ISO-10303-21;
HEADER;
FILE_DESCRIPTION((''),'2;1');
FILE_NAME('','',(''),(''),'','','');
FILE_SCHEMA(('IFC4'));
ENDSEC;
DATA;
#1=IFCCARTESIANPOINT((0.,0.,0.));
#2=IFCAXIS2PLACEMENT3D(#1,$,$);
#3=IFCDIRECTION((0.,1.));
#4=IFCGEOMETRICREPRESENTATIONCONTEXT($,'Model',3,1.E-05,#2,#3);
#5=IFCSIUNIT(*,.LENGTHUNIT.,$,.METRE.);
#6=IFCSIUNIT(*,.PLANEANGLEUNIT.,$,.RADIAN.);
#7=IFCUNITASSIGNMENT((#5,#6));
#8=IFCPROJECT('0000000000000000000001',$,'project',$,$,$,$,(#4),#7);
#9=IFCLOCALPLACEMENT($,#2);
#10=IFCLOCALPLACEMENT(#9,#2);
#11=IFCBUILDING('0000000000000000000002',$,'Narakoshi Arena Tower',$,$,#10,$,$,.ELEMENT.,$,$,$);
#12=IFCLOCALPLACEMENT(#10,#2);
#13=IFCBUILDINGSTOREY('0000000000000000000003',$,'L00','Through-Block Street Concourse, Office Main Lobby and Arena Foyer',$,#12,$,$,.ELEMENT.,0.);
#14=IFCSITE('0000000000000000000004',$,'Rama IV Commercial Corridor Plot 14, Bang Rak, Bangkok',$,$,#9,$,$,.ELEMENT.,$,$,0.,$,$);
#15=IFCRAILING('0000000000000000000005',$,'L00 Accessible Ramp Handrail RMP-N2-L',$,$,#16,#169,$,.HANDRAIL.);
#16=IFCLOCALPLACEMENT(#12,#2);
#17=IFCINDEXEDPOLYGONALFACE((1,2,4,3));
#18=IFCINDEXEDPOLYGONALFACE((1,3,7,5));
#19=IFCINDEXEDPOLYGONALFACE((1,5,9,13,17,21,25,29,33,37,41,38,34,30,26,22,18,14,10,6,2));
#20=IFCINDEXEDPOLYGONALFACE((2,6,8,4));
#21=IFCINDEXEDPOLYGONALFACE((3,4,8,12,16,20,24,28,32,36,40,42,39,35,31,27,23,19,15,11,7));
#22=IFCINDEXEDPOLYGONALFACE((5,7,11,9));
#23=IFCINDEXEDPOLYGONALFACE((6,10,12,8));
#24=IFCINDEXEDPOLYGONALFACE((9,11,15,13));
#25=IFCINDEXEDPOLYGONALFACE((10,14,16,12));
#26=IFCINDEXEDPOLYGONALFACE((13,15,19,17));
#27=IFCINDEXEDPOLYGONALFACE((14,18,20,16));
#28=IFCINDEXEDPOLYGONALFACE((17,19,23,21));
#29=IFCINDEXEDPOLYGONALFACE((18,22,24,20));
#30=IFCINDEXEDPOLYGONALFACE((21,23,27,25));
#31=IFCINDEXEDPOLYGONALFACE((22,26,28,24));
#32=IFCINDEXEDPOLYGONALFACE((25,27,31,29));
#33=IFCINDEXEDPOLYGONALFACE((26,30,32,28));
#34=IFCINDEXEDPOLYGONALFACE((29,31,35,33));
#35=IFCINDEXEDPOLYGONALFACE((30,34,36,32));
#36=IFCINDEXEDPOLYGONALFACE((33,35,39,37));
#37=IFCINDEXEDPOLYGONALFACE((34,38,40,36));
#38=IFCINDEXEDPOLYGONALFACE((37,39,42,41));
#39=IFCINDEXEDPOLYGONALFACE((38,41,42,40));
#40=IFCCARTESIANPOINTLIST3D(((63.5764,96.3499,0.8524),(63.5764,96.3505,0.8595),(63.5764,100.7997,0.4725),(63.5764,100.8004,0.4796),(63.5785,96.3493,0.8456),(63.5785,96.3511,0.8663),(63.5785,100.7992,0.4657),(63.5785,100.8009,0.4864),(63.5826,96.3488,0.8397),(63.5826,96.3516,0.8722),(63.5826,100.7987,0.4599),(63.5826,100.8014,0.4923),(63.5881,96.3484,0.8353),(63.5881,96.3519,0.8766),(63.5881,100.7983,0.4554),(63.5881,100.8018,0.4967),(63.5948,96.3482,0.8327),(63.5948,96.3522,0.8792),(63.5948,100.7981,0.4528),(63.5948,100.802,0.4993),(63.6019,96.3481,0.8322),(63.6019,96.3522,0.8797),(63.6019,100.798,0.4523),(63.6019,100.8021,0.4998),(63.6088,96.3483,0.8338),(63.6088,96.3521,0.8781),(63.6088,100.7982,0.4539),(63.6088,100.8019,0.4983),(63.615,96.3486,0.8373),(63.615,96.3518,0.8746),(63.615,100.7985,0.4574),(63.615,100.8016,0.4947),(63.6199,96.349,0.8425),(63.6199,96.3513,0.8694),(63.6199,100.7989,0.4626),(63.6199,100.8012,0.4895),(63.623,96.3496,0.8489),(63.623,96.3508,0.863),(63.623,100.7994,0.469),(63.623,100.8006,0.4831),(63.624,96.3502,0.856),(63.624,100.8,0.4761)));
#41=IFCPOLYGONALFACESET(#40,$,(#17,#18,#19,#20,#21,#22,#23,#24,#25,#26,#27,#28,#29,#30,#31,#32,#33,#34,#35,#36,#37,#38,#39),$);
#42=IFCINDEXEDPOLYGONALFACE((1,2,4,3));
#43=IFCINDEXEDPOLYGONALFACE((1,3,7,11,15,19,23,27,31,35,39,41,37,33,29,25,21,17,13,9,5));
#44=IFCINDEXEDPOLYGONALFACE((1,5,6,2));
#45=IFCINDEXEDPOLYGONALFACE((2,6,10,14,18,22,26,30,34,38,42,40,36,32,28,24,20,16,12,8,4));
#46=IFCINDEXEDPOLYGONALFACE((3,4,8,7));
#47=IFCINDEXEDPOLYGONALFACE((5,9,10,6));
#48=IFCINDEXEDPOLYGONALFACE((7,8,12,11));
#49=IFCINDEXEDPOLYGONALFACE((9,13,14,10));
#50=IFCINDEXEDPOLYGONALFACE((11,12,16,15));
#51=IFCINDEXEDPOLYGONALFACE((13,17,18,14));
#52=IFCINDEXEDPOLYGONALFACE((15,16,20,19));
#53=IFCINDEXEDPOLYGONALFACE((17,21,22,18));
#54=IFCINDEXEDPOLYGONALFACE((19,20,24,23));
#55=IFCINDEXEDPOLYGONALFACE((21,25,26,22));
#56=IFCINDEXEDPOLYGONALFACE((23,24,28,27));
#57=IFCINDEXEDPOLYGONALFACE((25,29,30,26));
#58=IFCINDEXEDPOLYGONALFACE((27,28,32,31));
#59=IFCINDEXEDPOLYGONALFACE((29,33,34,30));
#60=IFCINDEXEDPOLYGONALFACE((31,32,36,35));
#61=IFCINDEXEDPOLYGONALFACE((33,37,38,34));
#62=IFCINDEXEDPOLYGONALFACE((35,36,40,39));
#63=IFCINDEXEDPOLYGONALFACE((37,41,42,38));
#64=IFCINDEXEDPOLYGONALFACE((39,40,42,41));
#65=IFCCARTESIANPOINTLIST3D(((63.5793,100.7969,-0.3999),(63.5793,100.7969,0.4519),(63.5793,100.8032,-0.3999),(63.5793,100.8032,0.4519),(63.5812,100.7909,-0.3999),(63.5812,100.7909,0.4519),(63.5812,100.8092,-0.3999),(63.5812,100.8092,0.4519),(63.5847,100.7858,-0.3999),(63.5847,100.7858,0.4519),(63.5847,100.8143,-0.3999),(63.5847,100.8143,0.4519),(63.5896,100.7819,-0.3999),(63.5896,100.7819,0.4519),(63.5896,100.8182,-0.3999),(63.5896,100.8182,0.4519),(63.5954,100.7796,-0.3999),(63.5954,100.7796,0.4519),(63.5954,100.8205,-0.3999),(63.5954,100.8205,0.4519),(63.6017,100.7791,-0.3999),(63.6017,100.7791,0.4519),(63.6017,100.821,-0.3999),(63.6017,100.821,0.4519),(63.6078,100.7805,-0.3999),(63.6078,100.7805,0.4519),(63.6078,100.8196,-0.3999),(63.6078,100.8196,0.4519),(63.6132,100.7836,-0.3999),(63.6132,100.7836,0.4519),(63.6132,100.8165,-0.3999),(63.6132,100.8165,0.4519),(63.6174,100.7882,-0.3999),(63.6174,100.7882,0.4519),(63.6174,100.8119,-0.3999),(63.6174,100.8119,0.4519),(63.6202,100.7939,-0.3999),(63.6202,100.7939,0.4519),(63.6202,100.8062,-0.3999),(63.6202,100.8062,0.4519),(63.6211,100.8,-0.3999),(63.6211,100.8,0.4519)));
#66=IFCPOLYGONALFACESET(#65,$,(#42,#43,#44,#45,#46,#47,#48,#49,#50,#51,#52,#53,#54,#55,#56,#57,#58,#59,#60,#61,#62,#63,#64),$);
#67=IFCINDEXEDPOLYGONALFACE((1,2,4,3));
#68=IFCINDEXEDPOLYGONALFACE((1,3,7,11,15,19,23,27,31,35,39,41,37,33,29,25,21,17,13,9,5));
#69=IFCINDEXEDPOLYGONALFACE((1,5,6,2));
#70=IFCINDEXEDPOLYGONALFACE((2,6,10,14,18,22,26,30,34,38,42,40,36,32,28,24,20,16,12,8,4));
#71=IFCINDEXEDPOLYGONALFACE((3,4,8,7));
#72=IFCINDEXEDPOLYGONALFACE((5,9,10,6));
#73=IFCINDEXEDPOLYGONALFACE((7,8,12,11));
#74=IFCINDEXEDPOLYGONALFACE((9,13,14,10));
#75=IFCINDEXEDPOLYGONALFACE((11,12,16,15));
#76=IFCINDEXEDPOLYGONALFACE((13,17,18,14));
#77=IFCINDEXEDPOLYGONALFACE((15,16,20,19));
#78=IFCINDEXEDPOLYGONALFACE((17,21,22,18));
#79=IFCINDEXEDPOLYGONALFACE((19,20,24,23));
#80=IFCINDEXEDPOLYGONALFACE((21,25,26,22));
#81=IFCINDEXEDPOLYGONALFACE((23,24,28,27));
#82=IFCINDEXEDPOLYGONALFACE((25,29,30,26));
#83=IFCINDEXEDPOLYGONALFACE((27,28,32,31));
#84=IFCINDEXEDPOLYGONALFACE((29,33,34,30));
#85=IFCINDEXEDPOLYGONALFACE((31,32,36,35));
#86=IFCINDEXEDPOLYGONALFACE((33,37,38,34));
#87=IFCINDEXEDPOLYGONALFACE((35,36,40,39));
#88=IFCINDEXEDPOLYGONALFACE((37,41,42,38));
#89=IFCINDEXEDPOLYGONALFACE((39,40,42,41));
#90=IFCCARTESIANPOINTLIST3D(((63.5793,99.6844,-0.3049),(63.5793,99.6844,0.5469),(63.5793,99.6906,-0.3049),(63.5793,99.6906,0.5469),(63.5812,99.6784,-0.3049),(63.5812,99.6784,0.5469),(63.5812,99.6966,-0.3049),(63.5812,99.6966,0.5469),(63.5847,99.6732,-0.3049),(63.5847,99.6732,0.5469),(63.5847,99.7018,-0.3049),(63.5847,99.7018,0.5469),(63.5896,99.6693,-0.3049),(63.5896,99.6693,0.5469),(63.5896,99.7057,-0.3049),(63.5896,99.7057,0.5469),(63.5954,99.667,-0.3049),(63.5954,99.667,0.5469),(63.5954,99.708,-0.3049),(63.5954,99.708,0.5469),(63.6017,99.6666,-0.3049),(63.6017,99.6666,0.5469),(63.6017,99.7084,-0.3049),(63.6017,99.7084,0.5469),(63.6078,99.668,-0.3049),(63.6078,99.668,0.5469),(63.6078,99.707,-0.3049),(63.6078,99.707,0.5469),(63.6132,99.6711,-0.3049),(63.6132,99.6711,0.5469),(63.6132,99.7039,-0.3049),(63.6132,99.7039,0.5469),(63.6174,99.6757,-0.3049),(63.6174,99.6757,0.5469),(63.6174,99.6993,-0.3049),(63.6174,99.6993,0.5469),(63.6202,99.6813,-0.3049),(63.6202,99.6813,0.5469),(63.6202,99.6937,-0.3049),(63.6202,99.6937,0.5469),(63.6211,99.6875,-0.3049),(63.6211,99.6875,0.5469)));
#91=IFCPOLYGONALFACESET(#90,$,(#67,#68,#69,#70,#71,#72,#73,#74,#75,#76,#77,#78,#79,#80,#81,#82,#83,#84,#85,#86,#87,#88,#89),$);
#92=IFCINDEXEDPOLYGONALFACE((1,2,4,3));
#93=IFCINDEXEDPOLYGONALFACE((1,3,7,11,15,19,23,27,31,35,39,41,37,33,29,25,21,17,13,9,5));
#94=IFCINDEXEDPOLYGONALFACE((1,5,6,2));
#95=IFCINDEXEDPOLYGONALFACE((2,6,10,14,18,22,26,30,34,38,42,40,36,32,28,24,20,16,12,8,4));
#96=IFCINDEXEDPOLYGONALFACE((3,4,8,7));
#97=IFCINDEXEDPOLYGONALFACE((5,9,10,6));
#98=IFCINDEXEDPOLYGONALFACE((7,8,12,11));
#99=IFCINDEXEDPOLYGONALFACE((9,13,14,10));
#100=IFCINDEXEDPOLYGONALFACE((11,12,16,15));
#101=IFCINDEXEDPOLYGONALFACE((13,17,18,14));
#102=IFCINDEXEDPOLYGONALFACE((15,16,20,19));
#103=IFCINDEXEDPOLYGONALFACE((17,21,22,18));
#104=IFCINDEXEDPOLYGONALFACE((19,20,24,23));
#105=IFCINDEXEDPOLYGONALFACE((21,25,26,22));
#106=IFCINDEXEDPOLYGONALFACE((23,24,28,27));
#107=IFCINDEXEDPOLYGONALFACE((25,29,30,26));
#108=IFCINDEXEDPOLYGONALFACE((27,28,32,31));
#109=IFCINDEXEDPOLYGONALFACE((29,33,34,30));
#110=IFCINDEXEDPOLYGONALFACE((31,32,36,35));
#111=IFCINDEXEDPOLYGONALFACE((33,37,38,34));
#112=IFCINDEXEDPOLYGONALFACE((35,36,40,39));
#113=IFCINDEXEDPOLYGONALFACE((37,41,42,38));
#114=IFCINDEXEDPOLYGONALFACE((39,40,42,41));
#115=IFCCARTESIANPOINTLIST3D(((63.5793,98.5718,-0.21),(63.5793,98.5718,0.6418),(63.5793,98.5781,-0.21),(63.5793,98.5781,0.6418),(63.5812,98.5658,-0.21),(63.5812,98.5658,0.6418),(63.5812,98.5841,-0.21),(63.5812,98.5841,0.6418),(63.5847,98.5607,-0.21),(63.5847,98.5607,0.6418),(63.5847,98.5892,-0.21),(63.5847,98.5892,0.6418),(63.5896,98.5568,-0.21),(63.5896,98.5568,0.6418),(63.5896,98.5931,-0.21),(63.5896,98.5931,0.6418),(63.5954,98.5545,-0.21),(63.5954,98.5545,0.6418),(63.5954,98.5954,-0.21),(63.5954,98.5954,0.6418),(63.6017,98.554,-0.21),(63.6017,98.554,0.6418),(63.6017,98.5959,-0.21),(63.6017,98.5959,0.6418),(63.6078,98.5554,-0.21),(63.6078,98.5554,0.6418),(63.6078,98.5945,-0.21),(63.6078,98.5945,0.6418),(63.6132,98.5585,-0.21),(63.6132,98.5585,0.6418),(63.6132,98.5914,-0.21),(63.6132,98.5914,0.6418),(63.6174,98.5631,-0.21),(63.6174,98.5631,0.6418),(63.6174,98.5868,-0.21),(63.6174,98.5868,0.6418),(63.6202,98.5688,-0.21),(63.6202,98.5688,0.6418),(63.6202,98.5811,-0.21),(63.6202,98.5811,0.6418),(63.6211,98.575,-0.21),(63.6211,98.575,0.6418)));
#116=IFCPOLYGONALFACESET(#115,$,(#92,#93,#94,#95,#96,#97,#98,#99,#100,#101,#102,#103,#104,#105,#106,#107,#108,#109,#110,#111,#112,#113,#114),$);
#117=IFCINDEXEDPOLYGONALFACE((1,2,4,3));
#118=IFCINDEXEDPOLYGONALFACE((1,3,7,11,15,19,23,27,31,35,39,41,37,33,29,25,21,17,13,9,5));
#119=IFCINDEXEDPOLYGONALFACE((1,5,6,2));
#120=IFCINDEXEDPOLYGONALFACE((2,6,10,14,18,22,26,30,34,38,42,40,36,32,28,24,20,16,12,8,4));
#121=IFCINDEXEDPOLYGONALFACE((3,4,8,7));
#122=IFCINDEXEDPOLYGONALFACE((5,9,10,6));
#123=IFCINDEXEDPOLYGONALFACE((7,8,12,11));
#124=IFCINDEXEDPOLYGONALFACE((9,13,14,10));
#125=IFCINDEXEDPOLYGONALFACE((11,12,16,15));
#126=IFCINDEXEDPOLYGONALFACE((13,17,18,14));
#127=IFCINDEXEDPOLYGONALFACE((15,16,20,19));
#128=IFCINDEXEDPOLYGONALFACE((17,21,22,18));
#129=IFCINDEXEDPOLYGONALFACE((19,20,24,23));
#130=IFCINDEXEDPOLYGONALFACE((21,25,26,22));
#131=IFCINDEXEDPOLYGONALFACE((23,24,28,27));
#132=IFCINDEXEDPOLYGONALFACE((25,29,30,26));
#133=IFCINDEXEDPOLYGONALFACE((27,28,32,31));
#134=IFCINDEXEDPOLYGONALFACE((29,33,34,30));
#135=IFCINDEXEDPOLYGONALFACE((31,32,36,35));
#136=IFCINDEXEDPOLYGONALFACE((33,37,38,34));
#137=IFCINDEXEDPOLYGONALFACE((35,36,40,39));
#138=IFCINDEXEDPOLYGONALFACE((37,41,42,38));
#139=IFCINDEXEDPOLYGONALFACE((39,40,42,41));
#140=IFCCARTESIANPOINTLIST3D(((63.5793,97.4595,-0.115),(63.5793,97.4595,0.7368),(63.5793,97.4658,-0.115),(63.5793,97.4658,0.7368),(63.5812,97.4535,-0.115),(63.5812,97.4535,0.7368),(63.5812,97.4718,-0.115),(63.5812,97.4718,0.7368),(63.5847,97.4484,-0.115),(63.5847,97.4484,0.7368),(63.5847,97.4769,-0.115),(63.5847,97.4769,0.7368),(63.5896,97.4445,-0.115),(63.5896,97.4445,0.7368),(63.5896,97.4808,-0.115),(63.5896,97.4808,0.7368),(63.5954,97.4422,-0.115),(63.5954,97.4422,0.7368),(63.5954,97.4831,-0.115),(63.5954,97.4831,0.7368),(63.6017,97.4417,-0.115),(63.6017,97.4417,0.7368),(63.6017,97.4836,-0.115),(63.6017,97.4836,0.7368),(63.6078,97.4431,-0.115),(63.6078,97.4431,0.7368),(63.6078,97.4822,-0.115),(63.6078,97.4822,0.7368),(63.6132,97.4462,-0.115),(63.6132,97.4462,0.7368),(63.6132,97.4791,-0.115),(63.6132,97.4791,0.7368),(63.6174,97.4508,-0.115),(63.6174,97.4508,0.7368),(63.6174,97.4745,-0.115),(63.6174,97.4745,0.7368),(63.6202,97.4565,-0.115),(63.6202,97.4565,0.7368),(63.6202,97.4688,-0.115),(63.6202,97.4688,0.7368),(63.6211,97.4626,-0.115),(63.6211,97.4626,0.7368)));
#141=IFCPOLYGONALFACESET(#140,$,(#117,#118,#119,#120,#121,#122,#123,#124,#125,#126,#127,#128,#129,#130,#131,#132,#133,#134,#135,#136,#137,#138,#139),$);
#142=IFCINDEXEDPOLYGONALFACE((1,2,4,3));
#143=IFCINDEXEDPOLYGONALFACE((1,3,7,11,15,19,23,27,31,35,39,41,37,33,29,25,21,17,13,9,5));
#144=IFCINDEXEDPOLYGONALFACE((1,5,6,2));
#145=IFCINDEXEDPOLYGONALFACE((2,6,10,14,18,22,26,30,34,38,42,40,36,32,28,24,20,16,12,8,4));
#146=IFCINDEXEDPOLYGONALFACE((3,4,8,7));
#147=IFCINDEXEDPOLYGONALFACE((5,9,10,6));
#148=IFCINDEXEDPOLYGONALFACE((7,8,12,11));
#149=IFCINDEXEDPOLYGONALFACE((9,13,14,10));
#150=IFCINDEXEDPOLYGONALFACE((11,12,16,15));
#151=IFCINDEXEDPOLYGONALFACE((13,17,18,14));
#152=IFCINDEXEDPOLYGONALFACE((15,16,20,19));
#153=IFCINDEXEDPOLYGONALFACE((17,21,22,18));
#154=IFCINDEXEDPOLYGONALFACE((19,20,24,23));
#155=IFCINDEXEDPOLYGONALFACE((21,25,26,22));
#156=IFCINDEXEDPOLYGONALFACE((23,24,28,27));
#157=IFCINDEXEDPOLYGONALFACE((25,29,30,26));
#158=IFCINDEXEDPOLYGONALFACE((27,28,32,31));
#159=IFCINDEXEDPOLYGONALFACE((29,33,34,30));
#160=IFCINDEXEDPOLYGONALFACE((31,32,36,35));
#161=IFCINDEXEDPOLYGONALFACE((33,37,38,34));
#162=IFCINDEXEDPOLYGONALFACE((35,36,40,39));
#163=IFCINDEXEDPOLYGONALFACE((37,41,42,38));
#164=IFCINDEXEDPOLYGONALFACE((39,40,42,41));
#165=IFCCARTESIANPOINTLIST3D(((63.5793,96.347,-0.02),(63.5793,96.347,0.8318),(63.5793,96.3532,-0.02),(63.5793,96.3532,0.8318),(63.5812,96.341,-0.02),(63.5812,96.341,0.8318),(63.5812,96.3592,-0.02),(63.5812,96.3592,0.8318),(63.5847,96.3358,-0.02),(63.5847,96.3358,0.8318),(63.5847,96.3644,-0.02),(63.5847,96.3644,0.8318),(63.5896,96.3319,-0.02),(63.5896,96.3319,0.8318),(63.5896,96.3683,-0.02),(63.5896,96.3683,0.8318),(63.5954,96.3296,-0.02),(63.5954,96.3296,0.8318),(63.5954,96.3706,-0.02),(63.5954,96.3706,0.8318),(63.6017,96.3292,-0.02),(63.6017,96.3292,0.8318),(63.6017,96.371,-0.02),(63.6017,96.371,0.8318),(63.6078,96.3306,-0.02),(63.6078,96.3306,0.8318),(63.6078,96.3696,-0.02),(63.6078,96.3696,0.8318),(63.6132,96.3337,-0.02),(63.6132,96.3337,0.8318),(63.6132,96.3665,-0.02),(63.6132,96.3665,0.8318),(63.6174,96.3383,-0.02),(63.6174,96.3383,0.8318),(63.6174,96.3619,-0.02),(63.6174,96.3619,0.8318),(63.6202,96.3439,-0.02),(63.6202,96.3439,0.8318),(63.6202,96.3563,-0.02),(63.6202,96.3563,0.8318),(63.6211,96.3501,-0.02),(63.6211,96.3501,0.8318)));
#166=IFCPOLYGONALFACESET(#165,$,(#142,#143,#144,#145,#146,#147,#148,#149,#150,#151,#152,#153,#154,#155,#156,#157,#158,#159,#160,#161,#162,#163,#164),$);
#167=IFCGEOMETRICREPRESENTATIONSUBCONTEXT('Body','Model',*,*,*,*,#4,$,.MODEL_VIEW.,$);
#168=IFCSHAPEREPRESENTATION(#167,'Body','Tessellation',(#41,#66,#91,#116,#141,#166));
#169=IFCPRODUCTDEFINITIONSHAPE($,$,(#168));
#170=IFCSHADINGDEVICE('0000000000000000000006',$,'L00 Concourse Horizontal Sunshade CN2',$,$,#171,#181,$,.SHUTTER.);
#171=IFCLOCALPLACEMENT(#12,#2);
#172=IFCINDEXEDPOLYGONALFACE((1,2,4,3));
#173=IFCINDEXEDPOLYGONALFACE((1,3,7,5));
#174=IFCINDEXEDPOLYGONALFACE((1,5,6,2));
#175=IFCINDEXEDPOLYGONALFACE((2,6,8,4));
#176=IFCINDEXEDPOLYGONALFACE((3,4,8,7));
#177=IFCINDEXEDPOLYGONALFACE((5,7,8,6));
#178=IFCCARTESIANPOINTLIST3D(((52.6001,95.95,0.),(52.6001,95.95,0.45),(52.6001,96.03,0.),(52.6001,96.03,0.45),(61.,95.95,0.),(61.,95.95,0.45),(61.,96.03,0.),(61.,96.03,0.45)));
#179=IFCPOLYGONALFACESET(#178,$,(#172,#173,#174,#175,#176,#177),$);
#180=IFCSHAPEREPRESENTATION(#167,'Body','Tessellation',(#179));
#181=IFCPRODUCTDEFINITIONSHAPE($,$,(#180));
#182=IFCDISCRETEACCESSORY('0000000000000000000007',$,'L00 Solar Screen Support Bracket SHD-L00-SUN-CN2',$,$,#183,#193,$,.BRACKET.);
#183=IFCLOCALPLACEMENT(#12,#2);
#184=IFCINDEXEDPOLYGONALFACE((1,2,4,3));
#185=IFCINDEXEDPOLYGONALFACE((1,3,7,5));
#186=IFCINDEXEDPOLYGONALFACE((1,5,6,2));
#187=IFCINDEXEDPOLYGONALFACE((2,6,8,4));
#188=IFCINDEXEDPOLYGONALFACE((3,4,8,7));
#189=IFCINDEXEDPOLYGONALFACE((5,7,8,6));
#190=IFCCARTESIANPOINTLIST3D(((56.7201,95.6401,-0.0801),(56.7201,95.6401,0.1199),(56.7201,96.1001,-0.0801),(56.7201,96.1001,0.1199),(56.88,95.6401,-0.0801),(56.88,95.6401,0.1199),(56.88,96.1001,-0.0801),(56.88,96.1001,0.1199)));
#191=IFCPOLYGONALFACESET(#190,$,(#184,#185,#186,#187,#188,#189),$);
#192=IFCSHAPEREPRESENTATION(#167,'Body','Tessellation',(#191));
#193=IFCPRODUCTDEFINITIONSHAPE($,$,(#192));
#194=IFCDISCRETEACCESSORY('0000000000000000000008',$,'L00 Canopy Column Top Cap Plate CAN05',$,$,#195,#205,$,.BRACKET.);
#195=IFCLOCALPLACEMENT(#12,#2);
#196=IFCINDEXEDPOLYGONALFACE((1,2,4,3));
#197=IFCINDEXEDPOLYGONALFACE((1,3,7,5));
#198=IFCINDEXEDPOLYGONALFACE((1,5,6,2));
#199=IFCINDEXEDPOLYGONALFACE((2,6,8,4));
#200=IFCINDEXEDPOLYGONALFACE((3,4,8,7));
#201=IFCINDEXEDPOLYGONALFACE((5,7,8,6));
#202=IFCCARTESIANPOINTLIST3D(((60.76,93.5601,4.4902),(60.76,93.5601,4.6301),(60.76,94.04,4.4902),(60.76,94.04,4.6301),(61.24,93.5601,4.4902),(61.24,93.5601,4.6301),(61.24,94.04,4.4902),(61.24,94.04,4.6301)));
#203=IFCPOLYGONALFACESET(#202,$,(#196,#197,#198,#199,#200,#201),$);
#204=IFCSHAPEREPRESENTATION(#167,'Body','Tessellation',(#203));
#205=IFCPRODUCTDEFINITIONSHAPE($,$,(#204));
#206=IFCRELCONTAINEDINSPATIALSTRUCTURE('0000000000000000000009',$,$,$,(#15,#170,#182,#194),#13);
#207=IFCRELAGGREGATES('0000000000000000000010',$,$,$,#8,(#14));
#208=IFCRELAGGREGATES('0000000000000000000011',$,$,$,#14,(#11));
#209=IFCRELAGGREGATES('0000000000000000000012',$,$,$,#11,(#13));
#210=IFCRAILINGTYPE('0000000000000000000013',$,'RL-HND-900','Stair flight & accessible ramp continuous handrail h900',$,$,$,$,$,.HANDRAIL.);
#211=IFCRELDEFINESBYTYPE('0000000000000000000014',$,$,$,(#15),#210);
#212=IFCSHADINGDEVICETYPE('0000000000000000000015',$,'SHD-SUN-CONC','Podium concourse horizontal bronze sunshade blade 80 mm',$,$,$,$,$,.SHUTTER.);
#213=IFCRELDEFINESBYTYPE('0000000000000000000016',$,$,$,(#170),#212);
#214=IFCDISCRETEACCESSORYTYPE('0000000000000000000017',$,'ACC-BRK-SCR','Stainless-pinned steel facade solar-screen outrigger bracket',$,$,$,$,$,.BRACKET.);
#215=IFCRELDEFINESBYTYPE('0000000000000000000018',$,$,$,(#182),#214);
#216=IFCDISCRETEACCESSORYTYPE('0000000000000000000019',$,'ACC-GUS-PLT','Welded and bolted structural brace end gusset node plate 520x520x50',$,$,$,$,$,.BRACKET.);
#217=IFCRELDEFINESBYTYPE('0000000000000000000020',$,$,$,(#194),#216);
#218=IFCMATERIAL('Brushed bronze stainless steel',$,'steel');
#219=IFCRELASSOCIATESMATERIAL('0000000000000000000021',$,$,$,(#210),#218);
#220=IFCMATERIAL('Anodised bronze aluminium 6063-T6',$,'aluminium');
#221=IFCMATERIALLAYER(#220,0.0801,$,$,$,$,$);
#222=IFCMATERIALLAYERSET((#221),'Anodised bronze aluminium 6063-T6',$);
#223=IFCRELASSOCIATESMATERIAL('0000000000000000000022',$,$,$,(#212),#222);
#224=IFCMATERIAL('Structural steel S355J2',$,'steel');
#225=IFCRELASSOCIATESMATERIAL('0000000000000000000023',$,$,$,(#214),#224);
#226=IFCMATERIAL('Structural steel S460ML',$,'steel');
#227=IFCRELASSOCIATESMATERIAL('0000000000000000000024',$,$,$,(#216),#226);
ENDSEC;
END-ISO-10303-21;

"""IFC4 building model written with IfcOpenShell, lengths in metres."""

from ifc_helpers import new_model, si_unit, direction, frame, origin, origin_2d, place, context, subcontext, project, spatial, rectangle, circle, extrude, material, layer, layer_set, type_object, element, save


model = new_model("IFC4")

# Units and contexts
model_context = context("Model", 3, precision=1e-05, world=origin(), true_north=direction((0.0, 1.0)))
body_context = subcontext(model_context, "Body", "Model", "MODEL_VIEW")
ifc_project = project(units=[si_unit("LENGTHUNIT", "METRE"), si_unit("PLANEANGLEUNIT", "RADIAN")], contexts=[model_context])

# Site, building, storey
site_placement = place(None, origin())
site = spatial("IfcSite", under=ifc_project, at=site_placement, Name="Rama IV Commercial Corridor Plot 14, Bang Rak, Bangkok", CompositionType="ELEMENT", RefElevation=0.0)
building_placement = place(site_placement, origin())
building = spatial("IfcBuilding", under=site, at=building_placement, Name="Narakoshi Arena Tower", CompositionType="ELEMENT")
storey_placement = place(building_placement, origin())
storey = spatial("IfcBuildingStorey", under=building, at=storey_placement, Name="L00", Description="Through-Block Street Concourse, Office Main Lobby and Arena Foyer", CompositionType="ELEMENT", Elevation=0.0)

# Shared definitions
ifc_material_1 = material(Name="Structural steel S355J2", Category="steel")

# Shared definitions
ifc_material_2 = material(Name="Anodised bronze aluminium 6063-T6", Category="aluminium")

# Railing
ifc_material_3 = material(Name="Brushed bronze stainless steel", Category="steel")
railing_type = type_object("IfcRailingType", Name="RL-HND-900", Description="Stair flight & accessible ramp continuous handrail h900", PredefinedType="HANDRAIL", material=ifc_material_3)
for number, where, name in (
    (1, (63.6001, 100.8, -0.3999), "L00 Accessible Ramp Handrail RMP-N2-L"),
):
    element("IfcRailing", number, at=place(storey_placement, frame(where)), inside=storey, type_object=railing_type, Name=name, PredefinedType="HANDRAIL", context=body_context, shape_type="SweptSolid", body=[
        extrude(circle(Radius=0.0239, at=origin_2d()), frame((0.0, 0.0, 0.876), z_axis=(0.0, -0.996376, 0.085058), x_axis=(1.0, 0.0, 0.0)), (0.0, 0.0, 1.0), 4.4661),
        extrude(circle(Radius=0.021, at=origin_2d()), origin(), (0.0, 0.0, 1.0), 0.8518),
        extrude(circle(Radius=0.021, at=origin_2d()), frame((0.0, -1.1125, 0.095)), (0.0, 0.0, 1.0), 0.8518),
        extrude(circle(Radius=0.021, at=origin_2d()), frame((0.0, -2.2251, 0.1899)), (0.0, 0.0, 1.0), 0.8518),
        extrude(circle(Radius=0.021, at=origin_2d()), frame((0.0, -3.3374, 0.2849)), (0.0, 0.0, 1.0), 0.8518),
        extrude(circle(Radius=0.021, at=origin_2d()), frame((0.0, -4.45, 0.3799)), (0.0, 0.0, 1.0), 0.8518),
    ])

# Shading device
ifc_layer_1 = layer(ifc_material_2, 0.0801)
ifc_layer_set_1 = layer_set([ifc_layer_1], Name="Anodised bronze aluminium 6063-T6")
shading_device_type = type_object("IfcShadingDeviceType", Name="SHD-SUN-CONC", Description="Podium concourse horizontal bronze sunshade blade 80 mm", PredefinedType="SHUTTER", material=ifc_layer_set_1)
shading_device_placement = place(storey_placement, frame((56.8, 95.99, 0.0), z_axis=(0.0, 0.0, 1.0), x_axis=(-1.0, 0.0, 0.0)))
element("IfcShadingDevice", 2, at=shading_device_placement, inside=storey, type_object=shading_device_type, Name="L00 Concourse Horizontal Sunshade CN2", PredefinedType="SHUTTER", context=body_context, shape_type="SweptSolid", body=[
    extrude(rectangle(XDim=8.3999, YDim=0.0801, at=origin_2d()), origin(), (0.0, 0.0, 1.0), 0.45),
])

# Discrete accessories
discrete_accessory_type_1 = type_object("IfcDiscreteAccessoryType", Name="ACC-BRK-SCR", Description="Stainless-pinned steel facade solar-screen outrigger bracket", PredefinedType="BRACKET", material=ifc_material_1)
discrete_accessory_1_placement = place(storey_placement, frame((56.8, 95.8701, -0.0801), z_axis=(0.0, 0.0, 1.0), x_axis=(-1.0, 0.0, 0.0)))
element("IfcDiscreteAccessory", 3, at=discrete_accessory_1_placement, inside=storey, type_object=discrete_accessory_type_1, Name="L00 Solar Screen Support Bracket SHD-L00-SUN-CN2", PredefinedType="BRACKET", context=body_context, shape_type="SweptSolid", body=[
    extrude(rectangle(XDim=0.1599, YDim=0.46, at=origin_2d()), origin(), (0.0, 0.0, 1.0), 0.2),
])
ifc_material_4 = material(Name="Structural steel S460ML", Category="steel")
discrete_accessory_type_2 = type_object("IfcDiscreteAccessoryType", Name="ACC-GUS-PLT", Description="Welded and bolted structural brace end gusset node plate 520x520x50", PredefinedType="BRACKET", material=ifc_material_4)
discrete_accessory_2_placement = place(storey_placement, frame((61.0, 93.8, 4.4902), z_axis=(0.0, 0.0, 1.0), x_axis=(1.0, 0.0, 0.0)))
element("IfcDiscreteAccessory", 4, at=discrete_accessory_2_placement, inside=storey, type_object=discrete_accessory_type_2, Name="L00 Canopy Column Top Cap Plate CAN05", PredefinedType="BRACKET", context=body_context, shape_type="SweptSolid", body=[
    extrude(rectangle(XDim=0.48, YDim=0.48, at=origin_2d()), origin(), (0.0, 0.0, 1.0), 0.1399),
])

save(model, "model.ifc")
